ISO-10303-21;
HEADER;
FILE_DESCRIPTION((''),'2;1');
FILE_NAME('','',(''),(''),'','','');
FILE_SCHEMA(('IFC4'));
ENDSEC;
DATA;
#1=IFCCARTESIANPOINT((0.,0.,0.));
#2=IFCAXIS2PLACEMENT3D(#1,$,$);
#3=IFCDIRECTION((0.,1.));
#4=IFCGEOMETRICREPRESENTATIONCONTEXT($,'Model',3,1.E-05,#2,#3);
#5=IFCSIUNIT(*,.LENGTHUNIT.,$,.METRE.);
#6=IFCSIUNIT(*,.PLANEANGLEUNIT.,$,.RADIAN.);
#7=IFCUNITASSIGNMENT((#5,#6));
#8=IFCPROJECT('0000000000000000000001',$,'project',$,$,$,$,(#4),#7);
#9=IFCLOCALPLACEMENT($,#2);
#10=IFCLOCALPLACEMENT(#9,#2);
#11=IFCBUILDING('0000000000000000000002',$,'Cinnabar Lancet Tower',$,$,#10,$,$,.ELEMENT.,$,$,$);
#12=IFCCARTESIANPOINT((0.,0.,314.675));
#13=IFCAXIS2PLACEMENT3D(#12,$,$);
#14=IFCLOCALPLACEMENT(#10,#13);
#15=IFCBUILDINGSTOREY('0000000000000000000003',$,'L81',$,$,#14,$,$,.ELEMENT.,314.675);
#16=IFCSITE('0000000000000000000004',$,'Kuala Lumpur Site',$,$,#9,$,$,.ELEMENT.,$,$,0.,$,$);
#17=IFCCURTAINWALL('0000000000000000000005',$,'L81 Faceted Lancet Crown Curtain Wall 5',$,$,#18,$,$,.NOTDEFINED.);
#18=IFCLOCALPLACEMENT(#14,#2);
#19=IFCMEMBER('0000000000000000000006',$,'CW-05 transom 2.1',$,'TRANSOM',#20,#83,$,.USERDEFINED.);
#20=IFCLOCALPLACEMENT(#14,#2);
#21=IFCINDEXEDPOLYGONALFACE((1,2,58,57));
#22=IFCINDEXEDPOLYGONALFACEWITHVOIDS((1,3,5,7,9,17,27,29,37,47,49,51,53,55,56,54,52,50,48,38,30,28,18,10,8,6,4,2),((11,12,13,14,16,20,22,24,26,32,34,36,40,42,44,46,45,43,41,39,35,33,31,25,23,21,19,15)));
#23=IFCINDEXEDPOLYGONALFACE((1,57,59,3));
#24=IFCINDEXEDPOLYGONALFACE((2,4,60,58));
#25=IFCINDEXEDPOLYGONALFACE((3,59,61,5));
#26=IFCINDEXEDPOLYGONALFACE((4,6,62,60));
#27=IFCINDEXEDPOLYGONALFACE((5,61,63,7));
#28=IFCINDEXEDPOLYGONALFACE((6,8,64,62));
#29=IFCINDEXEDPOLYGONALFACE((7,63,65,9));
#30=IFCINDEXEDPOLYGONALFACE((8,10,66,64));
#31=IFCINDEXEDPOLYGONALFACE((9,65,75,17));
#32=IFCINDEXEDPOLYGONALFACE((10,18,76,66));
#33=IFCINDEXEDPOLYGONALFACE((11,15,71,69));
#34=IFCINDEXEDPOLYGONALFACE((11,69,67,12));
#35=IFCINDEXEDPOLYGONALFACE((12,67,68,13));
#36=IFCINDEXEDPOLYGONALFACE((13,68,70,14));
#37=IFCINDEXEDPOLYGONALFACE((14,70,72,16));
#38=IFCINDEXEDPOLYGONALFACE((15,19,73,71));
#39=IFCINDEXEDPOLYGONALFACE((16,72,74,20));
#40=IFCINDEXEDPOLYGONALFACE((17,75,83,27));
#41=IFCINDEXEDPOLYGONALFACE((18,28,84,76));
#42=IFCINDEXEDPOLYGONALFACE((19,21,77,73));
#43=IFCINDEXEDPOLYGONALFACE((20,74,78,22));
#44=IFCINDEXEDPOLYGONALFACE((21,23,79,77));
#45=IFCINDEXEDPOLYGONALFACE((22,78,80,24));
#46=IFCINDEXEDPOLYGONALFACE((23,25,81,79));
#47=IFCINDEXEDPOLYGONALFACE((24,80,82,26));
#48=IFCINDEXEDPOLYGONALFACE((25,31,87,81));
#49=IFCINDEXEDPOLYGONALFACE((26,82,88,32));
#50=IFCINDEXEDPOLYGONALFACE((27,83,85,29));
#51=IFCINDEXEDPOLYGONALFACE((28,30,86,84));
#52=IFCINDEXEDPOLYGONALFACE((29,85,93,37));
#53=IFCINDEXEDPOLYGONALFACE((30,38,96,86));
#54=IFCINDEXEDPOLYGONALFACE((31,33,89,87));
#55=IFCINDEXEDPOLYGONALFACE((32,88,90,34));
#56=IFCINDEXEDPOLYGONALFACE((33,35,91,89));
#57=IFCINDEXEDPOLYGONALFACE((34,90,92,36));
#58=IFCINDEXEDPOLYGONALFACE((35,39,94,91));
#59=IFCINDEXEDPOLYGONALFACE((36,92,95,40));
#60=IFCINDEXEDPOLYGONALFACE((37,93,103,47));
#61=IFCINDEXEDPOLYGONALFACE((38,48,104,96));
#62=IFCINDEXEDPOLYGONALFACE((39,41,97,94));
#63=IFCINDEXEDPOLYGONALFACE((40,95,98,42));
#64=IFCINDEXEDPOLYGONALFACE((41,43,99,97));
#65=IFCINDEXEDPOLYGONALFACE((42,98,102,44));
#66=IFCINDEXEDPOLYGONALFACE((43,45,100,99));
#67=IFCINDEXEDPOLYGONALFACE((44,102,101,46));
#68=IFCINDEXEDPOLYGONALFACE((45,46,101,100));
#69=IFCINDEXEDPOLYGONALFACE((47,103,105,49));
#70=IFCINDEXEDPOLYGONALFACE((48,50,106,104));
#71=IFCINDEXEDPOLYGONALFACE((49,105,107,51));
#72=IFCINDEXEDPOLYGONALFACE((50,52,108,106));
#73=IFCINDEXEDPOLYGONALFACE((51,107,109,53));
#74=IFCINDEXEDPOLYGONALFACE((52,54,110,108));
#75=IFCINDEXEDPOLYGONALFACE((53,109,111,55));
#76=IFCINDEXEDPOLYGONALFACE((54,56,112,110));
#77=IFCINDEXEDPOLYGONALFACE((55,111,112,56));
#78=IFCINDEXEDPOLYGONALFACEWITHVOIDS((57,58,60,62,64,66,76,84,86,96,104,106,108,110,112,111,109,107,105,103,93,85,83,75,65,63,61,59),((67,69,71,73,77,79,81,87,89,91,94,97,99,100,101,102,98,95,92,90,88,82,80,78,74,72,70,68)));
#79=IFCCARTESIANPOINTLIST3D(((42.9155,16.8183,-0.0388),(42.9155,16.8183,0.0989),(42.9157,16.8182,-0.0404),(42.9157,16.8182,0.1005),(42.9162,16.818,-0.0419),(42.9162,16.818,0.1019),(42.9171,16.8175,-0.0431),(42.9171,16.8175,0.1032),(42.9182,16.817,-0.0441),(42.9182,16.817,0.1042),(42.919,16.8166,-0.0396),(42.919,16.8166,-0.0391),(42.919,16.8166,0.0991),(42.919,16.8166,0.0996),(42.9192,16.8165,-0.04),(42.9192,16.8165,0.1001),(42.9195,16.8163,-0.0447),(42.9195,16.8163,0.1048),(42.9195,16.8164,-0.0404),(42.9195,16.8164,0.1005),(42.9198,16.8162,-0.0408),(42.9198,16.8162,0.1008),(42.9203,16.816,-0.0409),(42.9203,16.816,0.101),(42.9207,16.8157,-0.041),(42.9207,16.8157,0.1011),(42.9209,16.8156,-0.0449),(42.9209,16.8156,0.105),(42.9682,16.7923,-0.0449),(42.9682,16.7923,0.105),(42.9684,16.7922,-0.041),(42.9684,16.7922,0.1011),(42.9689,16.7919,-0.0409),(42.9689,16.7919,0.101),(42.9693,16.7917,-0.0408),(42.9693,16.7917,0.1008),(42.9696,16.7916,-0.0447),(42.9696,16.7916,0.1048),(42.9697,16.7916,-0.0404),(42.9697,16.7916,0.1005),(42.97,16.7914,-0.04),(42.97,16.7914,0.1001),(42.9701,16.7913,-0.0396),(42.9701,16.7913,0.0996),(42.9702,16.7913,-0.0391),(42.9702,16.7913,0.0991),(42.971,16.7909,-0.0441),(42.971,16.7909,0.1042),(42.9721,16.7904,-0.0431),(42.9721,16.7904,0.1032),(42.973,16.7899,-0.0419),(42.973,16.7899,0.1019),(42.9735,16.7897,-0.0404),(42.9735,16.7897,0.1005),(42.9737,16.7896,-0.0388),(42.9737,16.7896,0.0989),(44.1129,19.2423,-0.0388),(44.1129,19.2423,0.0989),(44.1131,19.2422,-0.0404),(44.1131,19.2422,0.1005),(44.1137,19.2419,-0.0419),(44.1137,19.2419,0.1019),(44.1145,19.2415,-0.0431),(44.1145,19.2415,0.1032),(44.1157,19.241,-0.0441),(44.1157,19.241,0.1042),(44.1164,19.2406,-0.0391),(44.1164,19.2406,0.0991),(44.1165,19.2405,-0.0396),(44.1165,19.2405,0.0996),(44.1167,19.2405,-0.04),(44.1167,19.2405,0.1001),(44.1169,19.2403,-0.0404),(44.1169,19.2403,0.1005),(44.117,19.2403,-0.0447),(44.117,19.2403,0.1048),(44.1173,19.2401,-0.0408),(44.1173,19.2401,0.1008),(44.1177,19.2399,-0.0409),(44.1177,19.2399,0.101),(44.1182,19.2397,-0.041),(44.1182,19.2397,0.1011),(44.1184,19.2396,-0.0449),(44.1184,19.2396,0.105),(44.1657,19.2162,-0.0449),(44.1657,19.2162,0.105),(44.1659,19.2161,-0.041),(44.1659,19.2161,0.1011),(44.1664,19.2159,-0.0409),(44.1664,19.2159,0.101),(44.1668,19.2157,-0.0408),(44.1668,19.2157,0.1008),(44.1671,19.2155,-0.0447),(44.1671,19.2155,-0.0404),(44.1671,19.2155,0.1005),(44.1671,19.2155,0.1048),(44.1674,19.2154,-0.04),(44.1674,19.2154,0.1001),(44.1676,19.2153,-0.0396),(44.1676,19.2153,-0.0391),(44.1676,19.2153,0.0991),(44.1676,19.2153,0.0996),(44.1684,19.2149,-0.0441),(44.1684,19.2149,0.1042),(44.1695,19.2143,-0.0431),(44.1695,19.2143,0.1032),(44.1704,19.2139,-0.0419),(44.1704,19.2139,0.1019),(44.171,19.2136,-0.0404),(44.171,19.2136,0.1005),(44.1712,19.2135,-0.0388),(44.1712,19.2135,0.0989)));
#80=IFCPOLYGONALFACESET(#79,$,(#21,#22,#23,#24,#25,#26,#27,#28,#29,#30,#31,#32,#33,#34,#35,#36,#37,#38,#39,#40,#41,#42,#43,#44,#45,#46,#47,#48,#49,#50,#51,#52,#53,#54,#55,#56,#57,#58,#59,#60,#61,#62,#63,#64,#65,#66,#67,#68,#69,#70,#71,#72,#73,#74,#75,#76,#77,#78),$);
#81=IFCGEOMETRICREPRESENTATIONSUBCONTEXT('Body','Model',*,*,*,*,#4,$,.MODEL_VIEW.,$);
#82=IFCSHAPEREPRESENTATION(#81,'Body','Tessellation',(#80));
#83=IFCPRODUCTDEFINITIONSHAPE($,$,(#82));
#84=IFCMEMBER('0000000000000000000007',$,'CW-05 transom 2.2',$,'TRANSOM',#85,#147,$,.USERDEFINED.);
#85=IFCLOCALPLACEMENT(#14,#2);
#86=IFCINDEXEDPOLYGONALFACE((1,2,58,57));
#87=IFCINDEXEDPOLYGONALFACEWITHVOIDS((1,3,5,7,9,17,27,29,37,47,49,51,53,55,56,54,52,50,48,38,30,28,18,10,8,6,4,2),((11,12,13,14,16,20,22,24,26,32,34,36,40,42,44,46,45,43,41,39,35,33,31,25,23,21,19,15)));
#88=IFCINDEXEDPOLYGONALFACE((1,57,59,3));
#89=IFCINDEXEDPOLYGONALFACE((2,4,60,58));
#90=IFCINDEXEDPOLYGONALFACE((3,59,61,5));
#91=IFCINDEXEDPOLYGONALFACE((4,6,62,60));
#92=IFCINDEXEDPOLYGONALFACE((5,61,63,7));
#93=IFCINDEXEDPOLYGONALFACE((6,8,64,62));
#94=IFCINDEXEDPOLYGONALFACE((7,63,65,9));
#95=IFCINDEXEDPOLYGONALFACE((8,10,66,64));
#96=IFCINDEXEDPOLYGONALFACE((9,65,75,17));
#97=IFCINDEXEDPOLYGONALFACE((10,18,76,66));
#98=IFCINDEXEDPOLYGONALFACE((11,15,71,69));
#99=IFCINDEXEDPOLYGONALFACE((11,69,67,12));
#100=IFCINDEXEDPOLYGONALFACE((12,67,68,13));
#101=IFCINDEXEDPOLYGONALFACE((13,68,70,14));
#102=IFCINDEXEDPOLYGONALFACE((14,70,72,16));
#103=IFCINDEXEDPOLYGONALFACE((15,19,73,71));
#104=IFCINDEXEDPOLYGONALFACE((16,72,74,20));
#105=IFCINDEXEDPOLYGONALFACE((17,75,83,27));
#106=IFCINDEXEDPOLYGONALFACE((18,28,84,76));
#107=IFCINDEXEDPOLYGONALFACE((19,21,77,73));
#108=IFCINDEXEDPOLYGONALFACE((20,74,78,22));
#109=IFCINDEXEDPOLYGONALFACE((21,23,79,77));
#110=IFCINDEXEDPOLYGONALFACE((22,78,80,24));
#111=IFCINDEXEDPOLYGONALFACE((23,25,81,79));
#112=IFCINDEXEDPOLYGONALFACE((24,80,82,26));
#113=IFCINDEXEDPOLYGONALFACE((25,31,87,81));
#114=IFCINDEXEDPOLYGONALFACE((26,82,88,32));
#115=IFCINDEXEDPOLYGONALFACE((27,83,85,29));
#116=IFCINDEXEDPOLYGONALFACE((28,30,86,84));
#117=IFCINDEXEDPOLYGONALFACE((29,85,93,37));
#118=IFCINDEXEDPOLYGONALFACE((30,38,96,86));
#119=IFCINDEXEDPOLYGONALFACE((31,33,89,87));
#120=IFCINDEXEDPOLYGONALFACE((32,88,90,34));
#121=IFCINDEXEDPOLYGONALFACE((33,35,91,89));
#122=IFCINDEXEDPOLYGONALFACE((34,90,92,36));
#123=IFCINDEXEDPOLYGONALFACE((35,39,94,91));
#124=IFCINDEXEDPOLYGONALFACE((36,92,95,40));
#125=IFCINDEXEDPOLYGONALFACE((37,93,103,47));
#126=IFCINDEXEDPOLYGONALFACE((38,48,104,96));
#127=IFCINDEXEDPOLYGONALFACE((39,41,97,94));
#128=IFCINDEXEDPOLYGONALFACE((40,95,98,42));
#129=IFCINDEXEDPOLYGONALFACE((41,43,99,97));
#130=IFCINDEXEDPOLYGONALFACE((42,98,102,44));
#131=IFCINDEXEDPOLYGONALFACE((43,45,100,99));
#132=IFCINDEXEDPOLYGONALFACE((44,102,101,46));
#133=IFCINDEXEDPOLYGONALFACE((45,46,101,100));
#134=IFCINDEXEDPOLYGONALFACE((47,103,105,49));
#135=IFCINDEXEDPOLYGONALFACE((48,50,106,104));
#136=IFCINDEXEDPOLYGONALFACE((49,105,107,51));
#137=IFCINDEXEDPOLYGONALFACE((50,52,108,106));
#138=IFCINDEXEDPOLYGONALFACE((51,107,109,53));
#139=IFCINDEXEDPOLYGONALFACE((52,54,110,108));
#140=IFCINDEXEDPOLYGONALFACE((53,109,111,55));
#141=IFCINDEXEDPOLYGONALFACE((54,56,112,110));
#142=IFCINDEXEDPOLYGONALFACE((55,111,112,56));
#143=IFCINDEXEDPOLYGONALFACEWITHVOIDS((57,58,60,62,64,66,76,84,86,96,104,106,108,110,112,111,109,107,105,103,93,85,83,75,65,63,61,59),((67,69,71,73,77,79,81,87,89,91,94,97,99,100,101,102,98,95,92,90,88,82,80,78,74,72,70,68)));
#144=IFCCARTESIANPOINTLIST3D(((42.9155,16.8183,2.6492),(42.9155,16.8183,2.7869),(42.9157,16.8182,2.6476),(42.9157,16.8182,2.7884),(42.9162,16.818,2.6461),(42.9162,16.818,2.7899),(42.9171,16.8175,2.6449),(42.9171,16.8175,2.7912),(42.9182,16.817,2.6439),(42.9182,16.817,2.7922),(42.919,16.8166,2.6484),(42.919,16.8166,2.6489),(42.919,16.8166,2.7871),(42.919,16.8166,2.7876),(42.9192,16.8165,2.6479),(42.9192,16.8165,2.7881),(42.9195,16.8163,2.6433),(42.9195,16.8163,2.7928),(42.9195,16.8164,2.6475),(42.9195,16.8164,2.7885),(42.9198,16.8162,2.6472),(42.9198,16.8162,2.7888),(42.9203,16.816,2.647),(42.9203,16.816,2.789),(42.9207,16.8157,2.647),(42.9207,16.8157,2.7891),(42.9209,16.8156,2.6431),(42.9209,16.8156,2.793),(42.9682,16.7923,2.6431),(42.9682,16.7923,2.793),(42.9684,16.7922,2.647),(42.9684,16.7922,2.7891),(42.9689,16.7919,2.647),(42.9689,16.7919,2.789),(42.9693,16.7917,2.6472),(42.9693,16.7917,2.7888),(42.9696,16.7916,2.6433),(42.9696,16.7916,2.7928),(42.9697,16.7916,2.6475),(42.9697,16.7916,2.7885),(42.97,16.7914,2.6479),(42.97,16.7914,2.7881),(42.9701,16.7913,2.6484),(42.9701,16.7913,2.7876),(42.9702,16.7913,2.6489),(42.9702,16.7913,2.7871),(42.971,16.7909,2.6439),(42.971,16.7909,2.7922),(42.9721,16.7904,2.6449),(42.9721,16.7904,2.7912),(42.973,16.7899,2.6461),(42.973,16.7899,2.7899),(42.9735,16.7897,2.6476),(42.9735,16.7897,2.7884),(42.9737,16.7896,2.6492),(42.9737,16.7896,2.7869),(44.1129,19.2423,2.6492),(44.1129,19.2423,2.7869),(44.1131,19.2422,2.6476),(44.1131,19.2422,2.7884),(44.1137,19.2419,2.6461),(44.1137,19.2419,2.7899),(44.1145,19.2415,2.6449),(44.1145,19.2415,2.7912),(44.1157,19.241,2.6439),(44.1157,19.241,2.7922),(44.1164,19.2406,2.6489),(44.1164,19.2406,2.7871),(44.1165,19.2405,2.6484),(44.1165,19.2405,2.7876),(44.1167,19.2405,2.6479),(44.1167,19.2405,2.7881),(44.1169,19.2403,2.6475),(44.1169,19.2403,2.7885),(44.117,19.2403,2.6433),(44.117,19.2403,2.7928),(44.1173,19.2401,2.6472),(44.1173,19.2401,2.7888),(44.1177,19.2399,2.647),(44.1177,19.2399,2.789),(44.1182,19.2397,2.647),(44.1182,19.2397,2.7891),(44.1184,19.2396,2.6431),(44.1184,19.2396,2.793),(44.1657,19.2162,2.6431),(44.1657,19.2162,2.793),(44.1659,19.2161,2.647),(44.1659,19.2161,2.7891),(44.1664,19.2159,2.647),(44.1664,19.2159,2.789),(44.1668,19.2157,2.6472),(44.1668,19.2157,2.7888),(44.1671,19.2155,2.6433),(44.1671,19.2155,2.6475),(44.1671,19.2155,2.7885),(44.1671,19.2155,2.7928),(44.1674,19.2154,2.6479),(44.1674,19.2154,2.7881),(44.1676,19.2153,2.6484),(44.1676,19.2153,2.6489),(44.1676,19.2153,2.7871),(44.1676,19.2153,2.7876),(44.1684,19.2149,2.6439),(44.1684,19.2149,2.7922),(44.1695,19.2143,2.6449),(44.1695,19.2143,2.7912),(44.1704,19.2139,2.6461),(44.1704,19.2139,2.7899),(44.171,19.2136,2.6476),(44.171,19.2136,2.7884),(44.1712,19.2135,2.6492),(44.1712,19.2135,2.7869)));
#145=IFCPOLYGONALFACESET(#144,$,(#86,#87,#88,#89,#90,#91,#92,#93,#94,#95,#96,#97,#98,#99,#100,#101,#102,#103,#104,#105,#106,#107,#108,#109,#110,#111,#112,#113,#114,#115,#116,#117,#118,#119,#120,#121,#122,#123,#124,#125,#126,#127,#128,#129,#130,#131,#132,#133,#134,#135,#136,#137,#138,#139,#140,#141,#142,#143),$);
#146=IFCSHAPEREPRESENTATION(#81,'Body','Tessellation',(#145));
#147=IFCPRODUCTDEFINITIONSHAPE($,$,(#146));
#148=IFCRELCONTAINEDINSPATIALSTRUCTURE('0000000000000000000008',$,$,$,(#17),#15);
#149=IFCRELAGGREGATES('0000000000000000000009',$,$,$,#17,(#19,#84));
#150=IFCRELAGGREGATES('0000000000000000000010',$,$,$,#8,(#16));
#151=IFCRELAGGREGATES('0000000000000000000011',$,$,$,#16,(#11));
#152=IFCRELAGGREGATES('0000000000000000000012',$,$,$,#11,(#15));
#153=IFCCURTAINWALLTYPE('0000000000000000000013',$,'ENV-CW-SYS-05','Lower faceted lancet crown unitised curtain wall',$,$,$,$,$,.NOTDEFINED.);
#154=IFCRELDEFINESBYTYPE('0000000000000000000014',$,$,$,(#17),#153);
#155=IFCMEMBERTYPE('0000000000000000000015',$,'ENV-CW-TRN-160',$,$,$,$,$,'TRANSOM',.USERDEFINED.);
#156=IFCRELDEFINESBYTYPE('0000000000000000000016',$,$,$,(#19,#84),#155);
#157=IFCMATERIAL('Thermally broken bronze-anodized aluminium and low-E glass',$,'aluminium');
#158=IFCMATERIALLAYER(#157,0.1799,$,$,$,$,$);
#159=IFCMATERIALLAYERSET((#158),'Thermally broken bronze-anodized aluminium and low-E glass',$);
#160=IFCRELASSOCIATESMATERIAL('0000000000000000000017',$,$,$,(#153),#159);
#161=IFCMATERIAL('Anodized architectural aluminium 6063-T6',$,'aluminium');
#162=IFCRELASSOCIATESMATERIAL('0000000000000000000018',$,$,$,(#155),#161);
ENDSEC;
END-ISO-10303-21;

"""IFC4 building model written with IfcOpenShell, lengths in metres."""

from ifc_helpers import new_model, si_unit, direction, frame, origin, origin_2d, place, context, subcontext, project, spatial, hollow_rectangle, extrude, material, layer, layer_set, material_profile, profile_set, type_object, element, aggregate, save


model = new_model("IFC4")

# Units and contexts
model_context = context("Model", 3, precision=1e-05, world=origin(), true_north=direction((0.0, 1.0)))
body_context = subcontext(model_context, "Body", "Model", "MODEL_VIEW")
ifc_project = project(units=[si_unit("LENGTHUNIT", "METRE"), si_unit("PLANEANGLEUNIT", "RADIAN")], contexts=[model_context])

# Site, building, storey
site_placement = place(None, origin())
site = spatial("IfcSite", under=ifc_project, at=site_placement, Name="Kuala Lumpur Site", CompositionType="ELEMENT", RefElevation=0.0)
building_placement = place(site_placement, origin())
building = spatial("IfcBuilding", under=site, at=building_placement, Name="Cinnabar Lancet Tower", CompositionType="ELEMENT")
storey_placement = place(building_placement, frame((0.0, 0.0, 314.675)))
storey = spatial("IfcBuildingStorey", under=building, at=storey_placement, Name="L81", CompositionType="ELEMENT", Elevation=314.675)

# Shared definitions
ifc_material_1 = material(Name="Thermally broken bronze-anodized aluminium and low-E glass", Category="aluminium")
ifc_layer_1 = layer(ifc_material_1, 0.1799)
ifc_layer_set_1 = layer_set([ifc_layer_1], Name="Thermally broken bronze-anodized aluminium and low-E glass")
curtain_wall_type = type_object("IfcCurtainWallType", Name="ENV-CW-SYS-05", Description="Lower faceted lancet crown unitised curtain wall", PredefinedType="NOTDEFINED", material=ifc_layer_set_1)

# Curtain wall, members
curtain_wall_1_placement = place(storey_placement, origin())
curtain_wall_1 = element("IfcCurtainWall", 1, at=curtain_wall_1_placement, inside=storey, type_object=curtain_wall_type, Name="L81 Faceted Lancet Crown Curtain Wall 5", PredefinedType="NOTDEFINED")
ifc_material_2 = material(Name="Anodized architectural aluminium 6063-T6", Category="aluminium")
ifc_material_profile_1 = material_profile(ifc_material_2, hollow_rectangle(XDim=0.0649, YDim=0.1499, WallThickness=0.0039, InnerFilletRadius=0.002, OuterFilletRadius=0.0061, at=origin_2d()), Name="CW-TRN 150x65x4")
ifc_profile_set_1 = profile_set([ifc_material_profile_1], Name="Anodized architectural aluminium 6063-T6")
member_type_1 = type_object("IfcMemberType", Name="ENV-CW-TRN-160", ElementType="TRANSOM", PredefinedType="USERDEFINED", material=ifc_profile_set_1)
member_1_placement = place(storey_placement, frame((42.9446, 16.804, 0.03), z_axis=(0.44291, 0.896566, 0.0), x_axis=(-0.896566, 0.44291, 0.0)))
member_1 = element("IfcMember", 2, at=member_1_placement, type_object=member_type_1, Name="CW-05 transom 2.1", ObjectType="TRANSOM", PredefinedType="USERDEFINED", context=body_context, shape_type="SweptSolid", body=[
    extrude(hollow_rectangle(XDim=0.0649, YDim=0.1499, WallThickness=0.0039, InnerFilletRadius=0.002, OuterFilletRadius=0.0061, at=origin_2d()), origin(), (0.0, 0.0, 1.0), 2.7036),
])
member_2_placement = place(storey_placement, frame((42.9446, 16.804, 2.718), z_axis=(0.44291, 0.896566, 0.0), x_axis=(-0.896566, 0.44291, 0.0)))
member_2 = element("IfcMember", 3, at=member_2_placement, type_object=member_type_1, Name="CW-05 transom 2.2", ObjectType="TRANSOM", PredefinedType="USERDEFINED", context=body_context, shape_type="SweptSolid", body=[
    extrude(hollow_rectangle(XDim=0.0649, YDim=0.1499, WallThickness=0.0039, InnerFilletRadius=0.002, OuterFilletRadius=0.0061, at=origin_2d()), origin(), (0.0, 0.0, 1.0), 2.7036),
])

aggregate(curtain_wall_1, [member_1, member_2])

save(model, "model.ifc")
